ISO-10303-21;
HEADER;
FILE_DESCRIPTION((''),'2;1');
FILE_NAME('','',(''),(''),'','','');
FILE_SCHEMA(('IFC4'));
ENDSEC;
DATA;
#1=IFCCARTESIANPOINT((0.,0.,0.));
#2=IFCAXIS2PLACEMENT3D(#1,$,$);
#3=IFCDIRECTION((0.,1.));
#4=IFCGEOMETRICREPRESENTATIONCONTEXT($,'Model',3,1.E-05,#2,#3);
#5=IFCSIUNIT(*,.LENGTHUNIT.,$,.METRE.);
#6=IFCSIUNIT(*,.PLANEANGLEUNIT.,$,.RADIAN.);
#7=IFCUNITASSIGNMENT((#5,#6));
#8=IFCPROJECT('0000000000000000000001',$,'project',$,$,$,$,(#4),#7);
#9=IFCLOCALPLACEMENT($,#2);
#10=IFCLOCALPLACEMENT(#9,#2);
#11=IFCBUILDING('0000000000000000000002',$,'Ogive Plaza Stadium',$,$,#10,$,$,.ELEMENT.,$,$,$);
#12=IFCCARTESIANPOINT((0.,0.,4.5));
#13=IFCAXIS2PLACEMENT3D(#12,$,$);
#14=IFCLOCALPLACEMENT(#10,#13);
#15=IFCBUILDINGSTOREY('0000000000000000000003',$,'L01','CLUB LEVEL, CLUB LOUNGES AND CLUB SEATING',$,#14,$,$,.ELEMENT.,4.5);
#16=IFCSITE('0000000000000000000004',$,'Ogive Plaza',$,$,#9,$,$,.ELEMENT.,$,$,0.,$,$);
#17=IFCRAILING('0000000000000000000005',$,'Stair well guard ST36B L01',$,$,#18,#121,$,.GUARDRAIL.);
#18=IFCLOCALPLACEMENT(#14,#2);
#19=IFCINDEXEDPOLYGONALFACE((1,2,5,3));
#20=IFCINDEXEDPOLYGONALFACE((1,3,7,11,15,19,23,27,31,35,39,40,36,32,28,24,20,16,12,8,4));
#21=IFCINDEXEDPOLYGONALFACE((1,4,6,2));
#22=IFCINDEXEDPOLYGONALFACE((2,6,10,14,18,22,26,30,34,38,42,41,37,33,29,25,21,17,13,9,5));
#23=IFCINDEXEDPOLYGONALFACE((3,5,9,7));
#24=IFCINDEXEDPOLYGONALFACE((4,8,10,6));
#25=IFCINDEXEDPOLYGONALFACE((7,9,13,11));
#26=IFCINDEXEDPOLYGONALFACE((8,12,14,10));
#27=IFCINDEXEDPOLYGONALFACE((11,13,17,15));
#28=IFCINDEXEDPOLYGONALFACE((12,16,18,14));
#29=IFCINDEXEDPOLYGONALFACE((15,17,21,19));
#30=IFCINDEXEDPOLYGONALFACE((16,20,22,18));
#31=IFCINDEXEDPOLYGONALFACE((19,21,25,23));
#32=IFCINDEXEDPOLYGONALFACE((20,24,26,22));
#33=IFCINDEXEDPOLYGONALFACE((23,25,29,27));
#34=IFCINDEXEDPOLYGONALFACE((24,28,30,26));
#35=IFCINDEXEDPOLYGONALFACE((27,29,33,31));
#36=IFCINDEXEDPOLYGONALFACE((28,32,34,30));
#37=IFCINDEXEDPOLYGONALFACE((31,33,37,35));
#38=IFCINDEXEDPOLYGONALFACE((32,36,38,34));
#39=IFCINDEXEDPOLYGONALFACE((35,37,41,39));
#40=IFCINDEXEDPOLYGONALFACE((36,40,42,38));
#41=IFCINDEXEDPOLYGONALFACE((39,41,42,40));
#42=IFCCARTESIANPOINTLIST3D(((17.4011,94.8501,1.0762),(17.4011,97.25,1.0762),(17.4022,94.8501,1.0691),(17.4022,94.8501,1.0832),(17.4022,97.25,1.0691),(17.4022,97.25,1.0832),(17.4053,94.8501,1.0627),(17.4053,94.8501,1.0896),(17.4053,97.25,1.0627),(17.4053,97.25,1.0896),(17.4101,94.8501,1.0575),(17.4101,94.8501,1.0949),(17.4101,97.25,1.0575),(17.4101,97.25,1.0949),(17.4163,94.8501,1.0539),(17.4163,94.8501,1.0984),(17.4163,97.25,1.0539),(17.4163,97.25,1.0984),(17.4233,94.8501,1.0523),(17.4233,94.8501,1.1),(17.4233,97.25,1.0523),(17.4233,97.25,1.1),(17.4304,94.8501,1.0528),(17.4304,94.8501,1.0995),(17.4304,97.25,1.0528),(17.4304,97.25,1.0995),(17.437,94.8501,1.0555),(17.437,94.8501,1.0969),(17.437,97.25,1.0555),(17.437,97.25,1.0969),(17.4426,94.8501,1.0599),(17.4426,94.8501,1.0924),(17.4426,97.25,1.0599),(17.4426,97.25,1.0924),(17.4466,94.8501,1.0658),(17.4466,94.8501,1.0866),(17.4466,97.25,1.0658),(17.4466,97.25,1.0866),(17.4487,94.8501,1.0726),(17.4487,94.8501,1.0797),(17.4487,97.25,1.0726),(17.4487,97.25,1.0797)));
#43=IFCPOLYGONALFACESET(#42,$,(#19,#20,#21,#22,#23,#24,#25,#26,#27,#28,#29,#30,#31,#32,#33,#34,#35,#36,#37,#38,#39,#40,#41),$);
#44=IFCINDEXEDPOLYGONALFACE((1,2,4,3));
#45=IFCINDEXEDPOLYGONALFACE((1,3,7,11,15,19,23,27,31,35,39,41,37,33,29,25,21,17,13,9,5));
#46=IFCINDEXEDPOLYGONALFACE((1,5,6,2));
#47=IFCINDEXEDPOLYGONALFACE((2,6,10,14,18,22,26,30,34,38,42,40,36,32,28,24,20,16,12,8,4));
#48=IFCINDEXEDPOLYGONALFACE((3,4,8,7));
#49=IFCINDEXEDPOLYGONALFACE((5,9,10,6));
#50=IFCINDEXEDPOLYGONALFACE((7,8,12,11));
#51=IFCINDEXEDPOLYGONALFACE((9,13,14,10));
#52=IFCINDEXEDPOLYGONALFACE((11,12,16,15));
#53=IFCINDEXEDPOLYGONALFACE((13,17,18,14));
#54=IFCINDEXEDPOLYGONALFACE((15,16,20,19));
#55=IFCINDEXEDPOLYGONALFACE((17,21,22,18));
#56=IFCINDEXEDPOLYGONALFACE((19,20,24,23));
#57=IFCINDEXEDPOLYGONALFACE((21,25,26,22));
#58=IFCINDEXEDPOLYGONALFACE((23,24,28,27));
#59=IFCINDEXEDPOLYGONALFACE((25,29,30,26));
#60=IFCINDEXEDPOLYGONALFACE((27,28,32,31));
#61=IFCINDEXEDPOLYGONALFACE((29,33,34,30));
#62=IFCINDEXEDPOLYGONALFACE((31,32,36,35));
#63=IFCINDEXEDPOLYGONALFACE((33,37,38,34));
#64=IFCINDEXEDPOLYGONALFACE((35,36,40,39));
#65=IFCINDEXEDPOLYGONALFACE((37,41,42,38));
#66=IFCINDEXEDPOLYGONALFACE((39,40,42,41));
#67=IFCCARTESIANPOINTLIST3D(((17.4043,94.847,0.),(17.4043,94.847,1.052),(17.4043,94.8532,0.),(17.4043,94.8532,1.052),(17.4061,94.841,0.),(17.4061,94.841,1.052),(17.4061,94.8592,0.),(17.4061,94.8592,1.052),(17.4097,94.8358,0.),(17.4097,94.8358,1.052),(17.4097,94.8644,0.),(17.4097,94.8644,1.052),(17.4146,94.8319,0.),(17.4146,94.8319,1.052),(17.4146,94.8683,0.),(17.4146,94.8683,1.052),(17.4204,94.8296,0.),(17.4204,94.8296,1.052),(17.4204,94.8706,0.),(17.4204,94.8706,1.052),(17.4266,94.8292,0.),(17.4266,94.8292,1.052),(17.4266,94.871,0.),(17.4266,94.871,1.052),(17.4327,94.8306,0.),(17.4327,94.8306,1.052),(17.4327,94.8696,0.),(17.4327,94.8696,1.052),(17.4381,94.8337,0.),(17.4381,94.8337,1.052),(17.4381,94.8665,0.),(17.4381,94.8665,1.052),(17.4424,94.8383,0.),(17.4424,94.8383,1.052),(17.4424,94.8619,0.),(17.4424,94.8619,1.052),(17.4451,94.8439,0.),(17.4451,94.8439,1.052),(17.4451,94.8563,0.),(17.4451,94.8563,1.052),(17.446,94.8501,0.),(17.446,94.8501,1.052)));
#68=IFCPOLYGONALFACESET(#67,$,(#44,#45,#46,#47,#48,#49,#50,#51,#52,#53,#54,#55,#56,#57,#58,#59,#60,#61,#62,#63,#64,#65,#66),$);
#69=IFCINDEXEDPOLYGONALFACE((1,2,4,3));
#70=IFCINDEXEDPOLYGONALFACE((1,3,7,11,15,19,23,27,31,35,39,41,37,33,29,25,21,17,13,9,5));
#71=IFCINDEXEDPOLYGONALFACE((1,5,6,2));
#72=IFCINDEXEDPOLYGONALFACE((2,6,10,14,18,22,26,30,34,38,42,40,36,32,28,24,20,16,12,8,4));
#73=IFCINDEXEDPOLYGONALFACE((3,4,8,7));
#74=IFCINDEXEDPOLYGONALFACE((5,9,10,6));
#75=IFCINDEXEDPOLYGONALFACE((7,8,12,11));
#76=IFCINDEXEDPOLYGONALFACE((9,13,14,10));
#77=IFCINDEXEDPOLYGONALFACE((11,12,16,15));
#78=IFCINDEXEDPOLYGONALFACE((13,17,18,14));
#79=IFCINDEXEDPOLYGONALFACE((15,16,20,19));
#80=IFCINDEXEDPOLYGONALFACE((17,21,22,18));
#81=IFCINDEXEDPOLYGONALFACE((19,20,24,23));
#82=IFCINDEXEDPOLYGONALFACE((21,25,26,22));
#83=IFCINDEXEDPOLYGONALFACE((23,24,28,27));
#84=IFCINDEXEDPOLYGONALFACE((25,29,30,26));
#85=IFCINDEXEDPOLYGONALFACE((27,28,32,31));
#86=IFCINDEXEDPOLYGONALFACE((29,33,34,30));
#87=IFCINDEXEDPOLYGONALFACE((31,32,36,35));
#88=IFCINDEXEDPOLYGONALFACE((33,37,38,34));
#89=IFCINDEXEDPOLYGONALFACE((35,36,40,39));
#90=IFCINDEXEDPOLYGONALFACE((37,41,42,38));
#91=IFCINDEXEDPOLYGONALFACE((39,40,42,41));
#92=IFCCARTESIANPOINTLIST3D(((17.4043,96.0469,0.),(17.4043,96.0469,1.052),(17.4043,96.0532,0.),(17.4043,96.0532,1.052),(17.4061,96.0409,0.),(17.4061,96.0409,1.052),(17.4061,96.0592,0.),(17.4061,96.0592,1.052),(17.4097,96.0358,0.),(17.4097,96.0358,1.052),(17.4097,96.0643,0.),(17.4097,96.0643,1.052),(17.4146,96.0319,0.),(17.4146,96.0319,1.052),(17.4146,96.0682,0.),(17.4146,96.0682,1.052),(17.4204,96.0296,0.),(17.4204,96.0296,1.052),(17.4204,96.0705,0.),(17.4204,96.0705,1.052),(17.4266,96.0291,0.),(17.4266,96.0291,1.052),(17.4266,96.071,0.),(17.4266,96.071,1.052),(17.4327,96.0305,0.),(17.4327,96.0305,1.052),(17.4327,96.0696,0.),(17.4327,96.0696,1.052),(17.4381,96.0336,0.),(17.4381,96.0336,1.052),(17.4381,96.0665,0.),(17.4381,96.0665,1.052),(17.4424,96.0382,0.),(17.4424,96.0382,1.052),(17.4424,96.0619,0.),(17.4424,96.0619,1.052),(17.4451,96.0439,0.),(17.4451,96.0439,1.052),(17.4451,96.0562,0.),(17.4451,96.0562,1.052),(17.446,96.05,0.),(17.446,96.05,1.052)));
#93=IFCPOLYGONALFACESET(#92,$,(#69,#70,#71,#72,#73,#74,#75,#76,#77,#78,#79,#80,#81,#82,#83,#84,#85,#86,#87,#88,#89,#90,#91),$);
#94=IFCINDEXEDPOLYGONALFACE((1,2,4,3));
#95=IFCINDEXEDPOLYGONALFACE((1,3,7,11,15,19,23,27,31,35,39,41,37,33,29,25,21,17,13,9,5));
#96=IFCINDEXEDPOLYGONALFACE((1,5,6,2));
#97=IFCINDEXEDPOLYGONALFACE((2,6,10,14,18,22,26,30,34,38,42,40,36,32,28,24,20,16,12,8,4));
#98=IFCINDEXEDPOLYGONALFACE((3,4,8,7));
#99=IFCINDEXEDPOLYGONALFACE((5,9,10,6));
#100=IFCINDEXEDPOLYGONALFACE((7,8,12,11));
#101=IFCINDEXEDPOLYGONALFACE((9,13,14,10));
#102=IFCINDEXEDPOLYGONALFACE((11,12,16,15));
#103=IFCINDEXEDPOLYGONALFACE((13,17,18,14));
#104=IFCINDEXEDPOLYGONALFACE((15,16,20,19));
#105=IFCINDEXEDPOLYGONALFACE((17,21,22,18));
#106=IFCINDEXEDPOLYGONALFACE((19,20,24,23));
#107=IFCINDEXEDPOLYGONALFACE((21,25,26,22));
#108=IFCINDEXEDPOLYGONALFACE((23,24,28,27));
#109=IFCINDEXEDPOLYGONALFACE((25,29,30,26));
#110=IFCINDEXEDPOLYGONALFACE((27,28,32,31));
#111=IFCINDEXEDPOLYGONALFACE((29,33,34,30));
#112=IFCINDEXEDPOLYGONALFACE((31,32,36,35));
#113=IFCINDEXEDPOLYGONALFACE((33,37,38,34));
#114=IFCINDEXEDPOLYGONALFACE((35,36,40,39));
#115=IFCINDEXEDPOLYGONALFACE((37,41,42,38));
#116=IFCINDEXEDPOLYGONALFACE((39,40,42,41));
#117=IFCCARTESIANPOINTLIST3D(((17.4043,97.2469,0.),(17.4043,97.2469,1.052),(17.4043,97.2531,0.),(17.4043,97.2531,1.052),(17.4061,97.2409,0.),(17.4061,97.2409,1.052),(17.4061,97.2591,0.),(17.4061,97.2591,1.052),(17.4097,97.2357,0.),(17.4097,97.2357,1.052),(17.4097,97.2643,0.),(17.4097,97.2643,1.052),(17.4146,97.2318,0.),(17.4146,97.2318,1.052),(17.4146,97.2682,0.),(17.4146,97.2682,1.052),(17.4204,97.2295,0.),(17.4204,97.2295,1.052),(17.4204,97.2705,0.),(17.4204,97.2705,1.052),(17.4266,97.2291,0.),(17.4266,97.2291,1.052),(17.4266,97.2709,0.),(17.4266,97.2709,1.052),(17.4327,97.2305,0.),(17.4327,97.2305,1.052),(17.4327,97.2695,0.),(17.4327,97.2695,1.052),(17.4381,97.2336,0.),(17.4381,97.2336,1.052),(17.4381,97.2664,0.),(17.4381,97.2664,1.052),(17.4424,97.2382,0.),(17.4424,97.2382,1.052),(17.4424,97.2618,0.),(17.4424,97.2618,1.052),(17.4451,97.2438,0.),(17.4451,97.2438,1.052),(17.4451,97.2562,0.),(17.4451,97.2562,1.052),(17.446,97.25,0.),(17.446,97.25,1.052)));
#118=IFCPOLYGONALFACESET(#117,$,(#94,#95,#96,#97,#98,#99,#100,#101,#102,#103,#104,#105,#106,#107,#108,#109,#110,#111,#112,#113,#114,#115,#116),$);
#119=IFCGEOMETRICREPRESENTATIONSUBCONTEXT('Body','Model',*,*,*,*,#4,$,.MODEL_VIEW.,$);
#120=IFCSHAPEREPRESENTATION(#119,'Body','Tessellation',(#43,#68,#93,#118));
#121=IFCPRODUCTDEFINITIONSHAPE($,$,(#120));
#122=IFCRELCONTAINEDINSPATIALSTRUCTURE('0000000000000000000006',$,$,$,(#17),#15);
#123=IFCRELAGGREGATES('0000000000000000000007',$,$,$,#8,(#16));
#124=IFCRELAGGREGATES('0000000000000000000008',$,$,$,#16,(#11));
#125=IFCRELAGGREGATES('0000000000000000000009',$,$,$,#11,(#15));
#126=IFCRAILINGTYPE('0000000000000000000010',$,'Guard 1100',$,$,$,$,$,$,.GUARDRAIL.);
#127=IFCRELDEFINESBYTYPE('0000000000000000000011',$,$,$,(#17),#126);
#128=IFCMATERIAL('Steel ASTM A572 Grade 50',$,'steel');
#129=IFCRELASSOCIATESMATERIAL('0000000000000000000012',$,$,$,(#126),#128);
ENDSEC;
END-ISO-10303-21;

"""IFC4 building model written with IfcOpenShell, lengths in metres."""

from ifc_helpers import new_model, si_unit, direction, frame, origin, origin_2d, place, context, subcontext, project, spatial, circle, extrude, material, type_object, element, save


model = new_model("IFC4")

# Units and contexts
model_context = context("Model", 3, precision=1e-05, world=origin(), true_north=direction((0.0, 1.0)))
body_context = subcontext(model_context, "Body", "Model", "MODEL_VIEW")
ifc_project = project(units=[si_unit("LENGTHUNIT", "METRE"), si_unit("PLANEANGLEUNIT", "RADIAN")], contexts=[model_context])

# Site, building, storey
site_placement = place(None, origin())
site = spatial("IfcSite", under=ifc_project, at=site_placement, Name="Ogive Plaza", CompositionType="ELEMENT", RefElevation=0.0)
building_placement = place(site_placement, origin())
building = spatial("IfcBuilding", under=site, at=building_placement, Name="Ogive Plaza Stadium", CompositionType="ELEMENT")
storey_placement = place(building_placement, frame((0.0, 0.0, 4.5)))
storey = spatial("IfcBuildingStorey", under=building, at=storey_placement, Name="L01", Description="CLUB LEVEL, CLUB LOUNGES AND CLUB SEATING", CompositionType="ELEMENT", Elevation=4.5)

# Railing
ifc_material_1 = material(Name="Steel ASTM A572 Grade 50", Category="steel")
railing_type_1 = type_object("IfcRailingType", Name="Guard 1100", PredefinedType="GUARDRAIL", material=ifc_material_1)
railing_placement = place(storey_placement, frame((17.425, 94.8501, 0.0)))
element("IfcRailing", 1, at=railing_placement, inside=storey, type_object=railing_type_1, Name="Stair well guard ST36B L01", PredefinedType="GUARDRAIL", context=body_context, shape_type="SweptSolid", body=[
    extrude(circle(Radius=0.0239, at=origin_2d()), frame((0.0, 0.0, 1.0762), z_axis=(0.0, 1.0, 0.0), x_axis=(-1.0, 0.0, 0.0)), (0.0, 0.0, 1.0), 2.3999),
    extrude(circle(Radius=0.021, at=origin_2d()), origin(), (0.0, 0.0, 1.0), 1.052),
    extrude(circle(Radius=0.021, at=origin_2d()), frame((0.0, 1.2, 0.0)), (0.0, 0.0, 1.0), 1.052),
    extrude(circle(Radius=0.021, at=origin_2d()), frame((0.0, 2.3999, 0.0)), (0.0, 0.0, 1.0), 1.052),
])

save(model, "model.ifc")
